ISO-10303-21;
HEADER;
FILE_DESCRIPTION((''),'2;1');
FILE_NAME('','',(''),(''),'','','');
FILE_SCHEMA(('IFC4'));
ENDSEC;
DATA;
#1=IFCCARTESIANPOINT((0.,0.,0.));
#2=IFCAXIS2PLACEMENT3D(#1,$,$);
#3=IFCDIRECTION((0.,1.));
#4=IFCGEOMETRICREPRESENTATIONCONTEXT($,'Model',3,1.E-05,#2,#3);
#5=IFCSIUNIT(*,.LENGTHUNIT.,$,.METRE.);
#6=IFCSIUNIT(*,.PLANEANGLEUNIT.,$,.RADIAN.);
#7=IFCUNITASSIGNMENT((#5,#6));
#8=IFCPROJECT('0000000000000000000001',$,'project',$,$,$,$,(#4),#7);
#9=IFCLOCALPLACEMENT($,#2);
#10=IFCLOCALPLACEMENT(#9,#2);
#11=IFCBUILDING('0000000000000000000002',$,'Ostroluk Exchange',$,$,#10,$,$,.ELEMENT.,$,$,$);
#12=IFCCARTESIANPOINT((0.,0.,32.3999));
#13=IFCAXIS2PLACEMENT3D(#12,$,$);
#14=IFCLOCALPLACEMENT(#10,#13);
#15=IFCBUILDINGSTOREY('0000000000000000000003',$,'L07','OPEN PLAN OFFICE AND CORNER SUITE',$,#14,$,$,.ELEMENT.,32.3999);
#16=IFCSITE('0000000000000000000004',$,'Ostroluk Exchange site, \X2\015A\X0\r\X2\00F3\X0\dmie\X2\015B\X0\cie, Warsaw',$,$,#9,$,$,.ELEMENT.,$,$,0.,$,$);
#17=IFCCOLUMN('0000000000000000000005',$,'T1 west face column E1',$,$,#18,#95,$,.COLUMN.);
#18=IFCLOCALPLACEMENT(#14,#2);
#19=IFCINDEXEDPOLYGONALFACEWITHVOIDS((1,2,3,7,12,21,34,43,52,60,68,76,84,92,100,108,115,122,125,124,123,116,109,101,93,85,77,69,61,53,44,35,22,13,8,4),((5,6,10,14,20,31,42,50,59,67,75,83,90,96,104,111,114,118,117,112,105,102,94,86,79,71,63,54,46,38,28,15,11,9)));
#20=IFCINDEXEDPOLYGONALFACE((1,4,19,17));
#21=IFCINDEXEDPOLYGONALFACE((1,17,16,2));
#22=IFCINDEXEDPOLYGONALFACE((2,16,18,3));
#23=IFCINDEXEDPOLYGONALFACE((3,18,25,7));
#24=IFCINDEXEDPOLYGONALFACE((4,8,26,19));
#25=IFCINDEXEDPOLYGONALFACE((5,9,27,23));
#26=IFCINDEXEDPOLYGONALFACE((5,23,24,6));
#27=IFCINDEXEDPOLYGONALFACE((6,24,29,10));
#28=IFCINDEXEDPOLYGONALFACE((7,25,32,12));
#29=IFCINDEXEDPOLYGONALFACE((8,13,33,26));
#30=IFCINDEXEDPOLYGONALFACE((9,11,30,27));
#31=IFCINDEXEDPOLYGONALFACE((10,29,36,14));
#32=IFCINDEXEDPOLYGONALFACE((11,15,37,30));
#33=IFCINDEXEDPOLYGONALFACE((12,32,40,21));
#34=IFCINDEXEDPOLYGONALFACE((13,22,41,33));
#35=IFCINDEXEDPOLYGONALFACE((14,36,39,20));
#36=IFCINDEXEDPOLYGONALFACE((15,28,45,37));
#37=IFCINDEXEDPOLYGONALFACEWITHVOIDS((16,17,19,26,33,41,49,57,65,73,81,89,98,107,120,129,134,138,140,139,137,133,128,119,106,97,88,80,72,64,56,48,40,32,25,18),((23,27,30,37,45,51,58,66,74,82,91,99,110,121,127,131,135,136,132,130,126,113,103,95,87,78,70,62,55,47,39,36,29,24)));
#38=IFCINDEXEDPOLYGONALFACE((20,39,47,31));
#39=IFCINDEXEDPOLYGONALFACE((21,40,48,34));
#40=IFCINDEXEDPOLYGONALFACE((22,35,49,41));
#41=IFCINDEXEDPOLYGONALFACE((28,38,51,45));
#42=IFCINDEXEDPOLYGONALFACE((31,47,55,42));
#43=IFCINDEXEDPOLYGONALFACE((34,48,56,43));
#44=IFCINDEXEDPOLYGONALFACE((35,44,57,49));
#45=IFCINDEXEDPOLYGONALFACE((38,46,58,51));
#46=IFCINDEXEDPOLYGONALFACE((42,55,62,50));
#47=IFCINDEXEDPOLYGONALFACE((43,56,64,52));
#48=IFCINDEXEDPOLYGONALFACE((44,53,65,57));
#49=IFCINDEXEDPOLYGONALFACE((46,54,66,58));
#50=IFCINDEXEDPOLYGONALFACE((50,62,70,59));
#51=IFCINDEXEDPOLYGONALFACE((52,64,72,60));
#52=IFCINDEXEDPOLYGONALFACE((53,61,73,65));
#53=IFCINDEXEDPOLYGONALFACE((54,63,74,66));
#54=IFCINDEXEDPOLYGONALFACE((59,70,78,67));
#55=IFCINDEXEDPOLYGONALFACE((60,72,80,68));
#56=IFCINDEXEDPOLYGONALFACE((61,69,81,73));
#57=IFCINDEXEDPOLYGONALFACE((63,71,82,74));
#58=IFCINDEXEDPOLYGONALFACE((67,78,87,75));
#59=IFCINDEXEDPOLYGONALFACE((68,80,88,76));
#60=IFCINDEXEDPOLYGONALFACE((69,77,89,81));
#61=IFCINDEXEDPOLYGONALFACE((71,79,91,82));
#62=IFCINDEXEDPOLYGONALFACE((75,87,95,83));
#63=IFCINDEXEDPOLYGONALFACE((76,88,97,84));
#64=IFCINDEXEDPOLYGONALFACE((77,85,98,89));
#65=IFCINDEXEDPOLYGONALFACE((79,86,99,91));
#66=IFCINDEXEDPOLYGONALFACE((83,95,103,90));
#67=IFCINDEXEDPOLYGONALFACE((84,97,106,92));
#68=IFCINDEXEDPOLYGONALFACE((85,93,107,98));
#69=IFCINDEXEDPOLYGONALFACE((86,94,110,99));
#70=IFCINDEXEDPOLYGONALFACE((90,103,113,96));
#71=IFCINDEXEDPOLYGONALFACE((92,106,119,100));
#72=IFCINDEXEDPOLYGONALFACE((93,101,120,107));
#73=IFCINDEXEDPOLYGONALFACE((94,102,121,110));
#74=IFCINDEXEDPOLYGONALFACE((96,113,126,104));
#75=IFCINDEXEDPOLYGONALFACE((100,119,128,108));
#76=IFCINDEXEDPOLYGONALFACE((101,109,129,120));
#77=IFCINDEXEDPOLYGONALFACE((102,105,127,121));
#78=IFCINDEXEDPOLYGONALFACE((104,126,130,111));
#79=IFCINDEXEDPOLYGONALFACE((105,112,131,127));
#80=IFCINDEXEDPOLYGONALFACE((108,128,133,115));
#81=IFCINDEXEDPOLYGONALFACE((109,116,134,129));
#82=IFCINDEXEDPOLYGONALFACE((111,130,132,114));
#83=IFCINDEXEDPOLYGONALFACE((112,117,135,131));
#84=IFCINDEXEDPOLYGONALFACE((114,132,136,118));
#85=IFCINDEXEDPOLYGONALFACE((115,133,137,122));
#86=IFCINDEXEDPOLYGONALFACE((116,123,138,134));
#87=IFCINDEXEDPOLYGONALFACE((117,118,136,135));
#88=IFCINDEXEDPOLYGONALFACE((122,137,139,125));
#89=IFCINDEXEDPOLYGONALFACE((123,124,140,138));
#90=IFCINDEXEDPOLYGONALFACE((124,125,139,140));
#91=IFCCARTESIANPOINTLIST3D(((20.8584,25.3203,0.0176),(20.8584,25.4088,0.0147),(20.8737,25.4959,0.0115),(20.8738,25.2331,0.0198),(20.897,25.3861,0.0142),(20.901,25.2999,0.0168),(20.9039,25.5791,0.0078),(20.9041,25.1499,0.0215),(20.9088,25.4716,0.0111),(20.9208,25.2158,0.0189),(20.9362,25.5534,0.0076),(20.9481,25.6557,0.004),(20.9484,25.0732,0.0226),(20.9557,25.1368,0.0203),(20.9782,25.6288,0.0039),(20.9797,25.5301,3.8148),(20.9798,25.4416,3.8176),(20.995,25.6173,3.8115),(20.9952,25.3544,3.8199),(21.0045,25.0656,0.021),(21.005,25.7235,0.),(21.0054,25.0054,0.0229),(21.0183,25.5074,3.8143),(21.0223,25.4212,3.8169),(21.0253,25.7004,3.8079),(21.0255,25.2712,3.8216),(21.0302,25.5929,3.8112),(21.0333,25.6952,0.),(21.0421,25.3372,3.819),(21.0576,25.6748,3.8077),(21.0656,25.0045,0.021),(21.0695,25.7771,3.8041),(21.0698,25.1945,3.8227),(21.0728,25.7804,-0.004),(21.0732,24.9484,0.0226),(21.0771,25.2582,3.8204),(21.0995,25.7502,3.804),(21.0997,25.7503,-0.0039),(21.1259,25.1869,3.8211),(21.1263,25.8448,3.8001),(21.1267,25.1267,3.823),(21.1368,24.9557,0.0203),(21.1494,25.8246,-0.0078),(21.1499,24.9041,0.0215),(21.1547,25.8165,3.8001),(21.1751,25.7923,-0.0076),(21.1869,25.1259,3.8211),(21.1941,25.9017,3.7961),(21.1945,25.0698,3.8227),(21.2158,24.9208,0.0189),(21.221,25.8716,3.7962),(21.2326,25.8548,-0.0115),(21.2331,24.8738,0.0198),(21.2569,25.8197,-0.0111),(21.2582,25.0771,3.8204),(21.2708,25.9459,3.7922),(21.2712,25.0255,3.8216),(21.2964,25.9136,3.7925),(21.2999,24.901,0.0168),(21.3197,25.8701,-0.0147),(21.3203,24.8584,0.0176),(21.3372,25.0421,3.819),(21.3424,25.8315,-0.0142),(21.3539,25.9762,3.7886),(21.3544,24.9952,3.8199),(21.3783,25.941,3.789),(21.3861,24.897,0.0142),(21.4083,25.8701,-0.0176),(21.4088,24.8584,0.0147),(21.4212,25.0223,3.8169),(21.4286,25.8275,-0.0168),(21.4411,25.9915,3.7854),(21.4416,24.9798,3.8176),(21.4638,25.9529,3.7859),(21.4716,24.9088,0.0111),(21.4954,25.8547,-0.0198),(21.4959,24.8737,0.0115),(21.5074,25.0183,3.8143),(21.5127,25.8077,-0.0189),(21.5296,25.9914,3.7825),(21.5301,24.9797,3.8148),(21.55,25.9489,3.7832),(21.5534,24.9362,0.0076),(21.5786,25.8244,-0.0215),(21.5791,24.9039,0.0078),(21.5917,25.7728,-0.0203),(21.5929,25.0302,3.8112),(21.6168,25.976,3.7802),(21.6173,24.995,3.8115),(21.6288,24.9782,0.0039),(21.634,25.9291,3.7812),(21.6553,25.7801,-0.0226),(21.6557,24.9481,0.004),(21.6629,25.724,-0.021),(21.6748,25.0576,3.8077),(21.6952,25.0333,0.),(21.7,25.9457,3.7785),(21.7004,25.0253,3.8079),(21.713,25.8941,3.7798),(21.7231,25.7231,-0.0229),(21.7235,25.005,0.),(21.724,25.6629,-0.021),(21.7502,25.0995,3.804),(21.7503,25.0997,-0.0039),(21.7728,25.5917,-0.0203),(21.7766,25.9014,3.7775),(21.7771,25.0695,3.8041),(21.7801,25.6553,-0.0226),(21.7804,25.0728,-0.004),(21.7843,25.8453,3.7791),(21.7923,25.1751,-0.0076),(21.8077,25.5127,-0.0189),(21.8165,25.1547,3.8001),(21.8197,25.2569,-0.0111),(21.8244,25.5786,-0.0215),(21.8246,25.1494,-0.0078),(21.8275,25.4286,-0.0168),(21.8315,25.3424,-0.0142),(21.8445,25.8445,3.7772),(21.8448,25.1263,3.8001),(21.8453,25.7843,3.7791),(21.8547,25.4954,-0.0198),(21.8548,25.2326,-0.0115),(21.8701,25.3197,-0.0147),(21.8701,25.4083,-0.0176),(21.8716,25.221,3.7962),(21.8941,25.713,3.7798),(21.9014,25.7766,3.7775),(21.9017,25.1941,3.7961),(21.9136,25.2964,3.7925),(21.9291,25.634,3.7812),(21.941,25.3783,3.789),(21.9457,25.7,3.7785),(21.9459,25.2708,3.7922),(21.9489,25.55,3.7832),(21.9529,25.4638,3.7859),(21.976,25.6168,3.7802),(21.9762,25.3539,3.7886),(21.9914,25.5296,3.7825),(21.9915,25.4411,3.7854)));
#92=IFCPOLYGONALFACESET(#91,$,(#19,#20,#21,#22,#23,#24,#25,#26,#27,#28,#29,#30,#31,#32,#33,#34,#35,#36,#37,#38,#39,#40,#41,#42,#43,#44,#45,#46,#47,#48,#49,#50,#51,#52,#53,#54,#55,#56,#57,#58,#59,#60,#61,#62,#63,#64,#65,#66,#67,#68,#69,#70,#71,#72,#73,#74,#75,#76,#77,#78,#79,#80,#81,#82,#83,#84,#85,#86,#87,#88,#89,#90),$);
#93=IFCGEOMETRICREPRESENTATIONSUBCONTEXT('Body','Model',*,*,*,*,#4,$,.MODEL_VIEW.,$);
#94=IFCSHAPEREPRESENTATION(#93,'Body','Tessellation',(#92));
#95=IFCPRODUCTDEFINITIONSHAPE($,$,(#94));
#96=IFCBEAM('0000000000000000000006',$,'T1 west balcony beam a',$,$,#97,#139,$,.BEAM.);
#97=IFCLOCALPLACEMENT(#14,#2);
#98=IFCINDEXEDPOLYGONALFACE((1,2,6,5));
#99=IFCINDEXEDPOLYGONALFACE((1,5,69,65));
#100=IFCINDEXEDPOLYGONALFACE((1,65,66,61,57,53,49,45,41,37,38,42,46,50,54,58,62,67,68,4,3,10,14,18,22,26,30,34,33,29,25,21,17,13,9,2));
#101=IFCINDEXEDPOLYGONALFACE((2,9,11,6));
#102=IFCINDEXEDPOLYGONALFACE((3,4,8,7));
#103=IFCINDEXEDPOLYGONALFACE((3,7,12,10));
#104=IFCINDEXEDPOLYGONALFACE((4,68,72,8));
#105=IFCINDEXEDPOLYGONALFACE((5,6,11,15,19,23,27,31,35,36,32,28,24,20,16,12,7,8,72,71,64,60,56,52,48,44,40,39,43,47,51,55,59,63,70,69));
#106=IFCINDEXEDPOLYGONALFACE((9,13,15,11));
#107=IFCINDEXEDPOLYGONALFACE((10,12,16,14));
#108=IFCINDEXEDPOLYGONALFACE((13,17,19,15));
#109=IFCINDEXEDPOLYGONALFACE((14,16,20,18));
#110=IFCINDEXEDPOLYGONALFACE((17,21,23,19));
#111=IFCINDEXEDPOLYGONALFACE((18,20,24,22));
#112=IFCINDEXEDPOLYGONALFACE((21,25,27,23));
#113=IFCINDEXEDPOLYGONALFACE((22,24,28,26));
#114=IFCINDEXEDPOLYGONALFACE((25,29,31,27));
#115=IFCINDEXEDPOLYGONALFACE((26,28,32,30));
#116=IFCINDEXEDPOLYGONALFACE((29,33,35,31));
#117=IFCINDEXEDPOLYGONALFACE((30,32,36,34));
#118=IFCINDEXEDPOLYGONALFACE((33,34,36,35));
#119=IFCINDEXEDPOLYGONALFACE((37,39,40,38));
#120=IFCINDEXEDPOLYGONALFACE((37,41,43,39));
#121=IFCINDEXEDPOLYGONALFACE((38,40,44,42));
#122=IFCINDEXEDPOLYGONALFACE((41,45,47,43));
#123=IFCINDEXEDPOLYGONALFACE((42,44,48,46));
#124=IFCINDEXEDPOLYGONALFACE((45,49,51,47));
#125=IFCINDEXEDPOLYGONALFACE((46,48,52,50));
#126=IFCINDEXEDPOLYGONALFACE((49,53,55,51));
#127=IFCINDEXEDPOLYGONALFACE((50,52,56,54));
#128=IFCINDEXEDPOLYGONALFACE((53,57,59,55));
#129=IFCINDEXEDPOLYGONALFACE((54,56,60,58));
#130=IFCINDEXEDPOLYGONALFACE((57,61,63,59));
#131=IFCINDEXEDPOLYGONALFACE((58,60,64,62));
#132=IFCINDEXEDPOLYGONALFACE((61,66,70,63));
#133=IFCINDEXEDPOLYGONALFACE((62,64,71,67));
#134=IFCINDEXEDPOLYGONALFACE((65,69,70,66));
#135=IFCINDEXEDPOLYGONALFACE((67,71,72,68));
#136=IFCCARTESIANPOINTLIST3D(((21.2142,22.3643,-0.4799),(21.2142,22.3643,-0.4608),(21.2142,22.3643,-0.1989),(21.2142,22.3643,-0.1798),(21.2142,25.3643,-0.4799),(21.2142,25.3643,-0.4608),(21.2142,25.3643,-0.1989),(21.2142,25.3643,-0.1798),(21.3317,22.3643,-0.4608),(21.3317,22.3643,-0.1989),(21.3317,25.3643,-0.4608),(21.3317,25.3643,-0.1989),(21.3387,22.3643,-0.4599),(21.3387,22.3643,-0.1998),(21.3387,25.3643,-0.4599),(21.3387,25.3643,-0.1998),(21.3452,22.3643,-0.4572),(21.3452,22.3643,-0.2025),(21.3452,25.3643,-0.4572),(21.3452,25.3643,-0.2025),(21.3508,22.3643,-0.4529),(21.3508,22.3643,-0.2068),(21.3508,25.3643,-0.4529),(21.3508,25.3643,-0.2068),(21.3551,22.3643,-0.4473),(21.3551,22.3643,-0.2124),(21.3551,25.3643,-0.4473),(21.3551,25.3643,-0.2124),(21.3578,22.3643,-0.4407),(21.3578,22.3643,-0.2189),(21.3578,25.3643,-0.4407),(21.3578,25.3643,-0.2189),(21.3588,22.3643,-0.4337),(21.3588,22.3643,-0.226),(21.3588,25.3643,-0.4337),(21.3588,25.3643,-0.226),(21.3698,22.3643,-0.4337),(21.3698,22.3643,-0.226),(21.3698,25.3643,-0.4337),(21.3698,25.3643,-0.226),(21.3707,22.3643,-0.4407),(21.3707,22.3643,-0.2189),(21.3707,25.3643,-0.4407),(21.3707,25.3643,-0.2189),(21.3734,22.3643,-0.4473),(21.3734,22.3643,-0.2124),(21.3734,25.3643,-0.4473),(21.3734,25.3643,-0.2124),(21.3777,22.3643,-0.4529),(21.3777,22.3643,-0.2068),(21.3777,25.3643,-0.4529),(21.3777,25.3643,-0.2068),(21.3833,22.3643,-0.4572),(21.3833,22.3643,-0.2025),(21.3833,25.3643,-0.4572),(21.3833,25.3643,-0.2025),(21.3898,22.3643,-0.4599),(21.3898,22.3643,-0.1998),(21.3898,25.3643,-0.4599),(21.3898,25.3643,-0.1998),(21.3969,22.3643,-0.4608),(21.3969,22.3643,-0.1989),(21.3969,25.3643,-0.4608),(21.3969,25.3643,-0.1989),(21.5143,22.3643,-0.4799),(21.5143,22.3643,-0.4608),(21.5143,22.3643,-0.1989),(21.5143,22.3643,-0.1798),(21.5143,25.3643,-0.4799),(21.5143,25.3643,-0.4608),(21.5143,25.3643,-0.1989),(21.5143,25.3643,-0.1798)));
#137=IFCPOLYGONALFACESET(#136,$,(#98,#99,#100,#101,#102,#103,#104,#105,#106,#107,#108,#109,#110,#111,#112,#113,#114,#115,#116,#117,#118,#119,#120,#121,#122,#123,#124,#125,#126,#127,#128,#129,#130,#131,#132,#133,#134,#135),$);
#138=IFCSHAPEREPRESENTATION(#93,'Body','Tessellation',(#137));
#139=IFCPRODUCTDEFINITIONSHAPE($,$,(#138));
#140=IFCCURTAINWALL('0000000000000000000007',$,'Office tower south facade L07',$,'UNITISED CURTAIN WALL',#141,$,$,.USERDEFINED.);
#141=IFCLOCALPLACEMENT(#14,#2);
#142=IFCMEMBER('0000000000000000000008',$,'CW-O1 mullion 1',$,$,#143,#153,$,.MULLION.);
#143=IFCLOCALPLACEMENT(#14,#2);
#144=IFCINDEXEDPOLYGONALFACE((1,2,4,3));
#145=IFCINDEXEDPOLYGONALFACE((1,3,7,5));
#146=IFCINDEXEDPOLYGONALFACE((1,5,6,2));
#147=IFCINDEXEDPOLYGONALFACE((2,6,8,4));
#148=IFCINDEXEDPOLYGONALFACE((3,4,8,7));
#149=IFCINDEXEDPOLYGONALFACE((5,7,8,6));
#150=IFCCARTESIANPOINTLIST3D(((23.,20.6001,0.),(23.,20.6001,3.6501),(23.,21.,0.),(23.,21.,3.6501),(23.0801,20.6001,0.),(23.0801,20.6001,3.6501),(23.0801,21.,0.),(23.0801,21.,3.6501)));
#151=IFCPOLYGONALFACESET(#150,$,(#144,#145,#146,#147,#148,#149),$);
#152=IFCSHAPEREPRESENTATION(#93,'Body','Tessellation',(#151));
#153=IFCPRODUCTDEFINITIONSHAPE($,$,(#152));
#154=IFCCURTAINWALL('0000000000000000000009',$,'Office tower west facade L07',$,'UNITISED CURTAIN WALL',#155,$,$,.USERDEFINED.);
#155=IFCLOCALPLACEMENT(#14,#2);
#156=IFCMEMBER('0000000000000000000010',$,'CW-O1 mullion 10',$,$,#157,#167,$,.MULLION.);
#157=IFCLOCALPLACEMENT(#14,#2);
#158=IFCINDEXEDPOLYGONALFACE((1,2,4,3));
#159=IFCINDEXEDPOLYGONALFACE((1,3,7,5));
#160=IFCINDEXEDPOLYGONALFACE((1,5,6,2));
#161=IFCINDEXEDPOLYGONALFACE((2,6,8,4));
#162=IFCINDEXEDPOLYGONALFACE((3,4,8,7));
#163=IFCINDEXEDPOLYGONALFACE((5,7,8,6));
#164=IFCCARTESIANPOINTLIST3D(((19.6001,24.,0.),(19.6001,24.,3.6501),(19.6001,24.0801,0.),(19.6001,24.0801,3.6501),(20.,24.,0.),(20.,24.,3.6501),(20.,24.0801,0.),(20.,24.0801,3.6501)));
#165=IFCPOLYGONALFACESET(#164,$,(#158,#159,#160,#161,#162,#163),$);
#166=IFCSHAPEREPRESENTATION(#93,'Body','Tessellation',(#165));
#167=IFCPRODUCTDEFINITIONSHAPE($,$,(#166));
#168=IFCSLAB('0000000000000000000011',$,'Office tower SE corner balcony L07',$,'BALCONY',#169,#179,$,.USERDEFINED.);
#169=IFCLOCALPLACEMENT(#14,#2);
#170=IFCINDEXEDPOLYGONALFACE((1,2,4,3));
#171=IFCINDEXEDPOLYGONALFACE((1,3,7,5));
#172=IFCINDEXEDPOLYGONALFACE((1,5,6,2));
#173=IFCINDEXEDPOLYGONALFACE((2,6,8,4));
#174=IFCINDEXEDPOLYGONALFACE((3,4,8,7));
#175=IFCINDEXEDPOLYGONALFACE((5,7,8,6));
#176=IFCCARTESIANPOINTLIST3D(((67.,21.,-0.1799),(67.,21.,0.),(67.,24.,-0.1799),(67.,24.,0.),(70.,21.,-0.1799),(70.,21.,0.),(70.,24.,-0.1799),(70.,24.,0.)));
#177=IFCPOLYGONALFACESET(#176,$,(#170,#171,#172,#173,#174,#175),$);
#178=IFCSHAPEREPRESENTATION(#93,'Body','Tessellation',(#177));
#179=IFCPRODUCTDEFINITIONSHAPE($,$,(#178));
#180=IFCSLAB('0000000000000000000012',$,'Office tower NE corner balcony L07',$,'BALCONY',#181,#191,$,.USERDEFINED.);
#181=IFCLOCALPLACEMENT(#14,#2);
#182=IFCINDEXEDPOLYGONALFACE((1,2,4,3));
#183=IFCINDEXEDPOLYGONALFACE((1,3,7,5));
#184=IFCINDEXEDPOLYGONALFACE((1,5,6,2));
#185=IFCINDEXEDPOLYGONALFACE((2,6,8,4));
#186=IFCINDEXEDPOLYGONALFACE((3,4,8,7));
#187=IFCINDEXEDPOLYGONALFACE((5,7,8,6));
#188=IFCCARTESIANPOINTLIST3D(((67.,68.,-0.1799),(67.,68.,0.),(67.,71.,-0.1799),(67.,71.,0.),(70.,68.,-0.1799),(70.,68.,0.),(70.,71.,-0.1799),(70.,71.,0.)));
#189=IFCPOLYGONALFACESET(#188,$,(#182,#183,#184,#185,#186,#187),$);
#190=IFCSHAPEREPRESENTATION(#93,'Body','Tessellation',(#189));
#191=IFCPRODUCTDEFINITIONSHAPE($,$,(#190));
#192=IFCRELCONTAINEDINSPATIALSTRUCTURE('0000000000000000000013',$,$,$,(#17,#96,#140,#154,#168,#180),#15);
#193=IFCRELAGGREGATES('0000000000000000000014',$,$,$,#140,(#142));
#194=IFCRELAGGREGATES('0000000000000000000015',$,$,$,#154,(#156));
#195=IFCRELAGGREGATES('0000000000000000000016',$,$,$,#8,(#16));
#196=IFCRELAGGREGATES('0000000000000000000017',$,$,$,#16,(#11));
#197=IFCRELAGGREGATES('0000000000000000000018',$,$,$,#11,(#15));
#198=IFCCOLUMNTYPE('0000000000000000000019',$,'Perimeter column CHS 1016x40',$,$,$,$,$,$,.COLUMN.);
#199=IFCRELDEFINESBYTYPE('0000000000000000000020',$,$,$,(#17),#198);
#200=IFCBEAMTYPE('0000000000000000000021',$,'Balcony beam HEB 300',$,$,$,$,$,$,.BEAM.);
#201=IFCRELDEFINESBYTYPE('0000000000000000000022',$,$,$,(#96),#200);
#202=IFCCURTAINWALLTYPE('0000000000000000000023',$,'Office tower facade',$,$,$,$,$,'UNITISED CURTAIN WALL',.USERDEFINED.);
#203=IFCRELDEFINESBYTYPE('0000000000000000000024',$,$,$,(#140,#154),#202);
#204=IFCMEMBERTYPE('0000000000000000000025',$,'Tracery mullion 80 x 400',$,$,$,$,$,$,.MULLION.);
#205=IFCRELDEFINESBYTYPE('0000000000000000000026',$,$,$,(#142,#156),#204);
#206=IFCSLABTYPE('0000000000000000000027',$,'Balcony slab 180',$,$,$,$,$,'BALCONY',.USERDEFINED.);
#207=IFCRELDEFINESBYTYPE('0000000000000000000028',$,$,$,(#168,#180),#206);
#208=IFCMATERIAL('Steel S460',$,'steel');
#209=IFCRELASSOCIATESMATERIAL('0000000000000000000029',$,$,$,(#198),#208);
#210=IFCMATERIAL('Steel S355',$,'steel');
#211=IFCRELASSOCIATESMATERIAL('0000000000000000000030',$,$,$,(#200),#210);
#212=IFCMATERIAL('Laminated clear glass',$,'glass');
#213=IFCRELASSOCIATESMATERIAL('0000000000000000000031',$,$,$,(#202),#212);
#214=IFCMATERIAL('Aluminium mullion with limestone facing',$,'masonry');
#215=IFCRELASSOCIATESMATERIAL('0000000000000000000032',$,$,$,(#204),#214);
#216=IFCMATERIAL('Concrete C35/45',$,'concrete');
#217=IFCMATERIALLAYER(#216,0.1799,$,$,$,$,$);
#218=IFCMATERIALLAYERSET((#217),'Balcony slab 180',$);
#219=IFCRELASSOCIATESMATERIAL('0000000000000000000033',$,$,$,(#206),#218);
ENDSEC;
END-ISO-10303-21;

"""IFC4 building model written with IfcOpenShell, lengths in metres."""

from ifc_helpers import new_model, si_unit, direction, frame, origin, origin_2d, place, context, subcontext, project, spatial, polyline, rectangle, hollow_circle, i_section, outline, extrude, material, layer, layer_set, material_profile, profile_set, type_object, element, aggregate, save


model = new_model("IFC4")

# Units and contexts
model_context = context("Model", 3, precision=1e-05, world=origin(), true_north=direction((0.0, 1.0)))
body_context = subcontext(model_context, "Body", "Model", "MODEL_VIEW")
ifc_project = project(units=[si_unit("LENGTHUNIT", "METRE"), si_unit("PLANEANGLEUNIT", "RADIAN")], contexts=[model_context])

# Site, building, storey
site_placement = place(None, origin())
site = spatial("IfcSite", under=ifc_project, at=site_placement, Name="Ostroluk Exchange site, Śródmieście, Warsaw", CompositionType="ELEMENT", RefElevation=0.0)
building_placement = place(site_placement, origin())
building = spatial("IfcBuilding", under=site, at=building_placement, Name="Ostroluk Exchange", CompositionType="ELEMENT")
storey_placement = place(building_placement, frame((0.0, 0.0, 32.3999)))
storey = spatial("IfcBuildingStorey", under=building, at=storey_placement, Name="L07", Description="OPEN PLAN OFFICE AND CORNER SUITE", CompositionType="ELEMENT", Elevation=32.3999)

# Column
ifc_material_1 = material(Name="Steel S460", Category="steel")
ifc_material_profile_1 = material_profile(ifc_material_1, hollow_circle(Radius=0.5081, WallThickness=0.04, at=origin_2d()), Name="CHS 1016x40")
ifc_profile_set_1 = profile_set([ifc_material_profile_1], Name="Steel S460")
column_type = type_object("IfcColumnType", Name="Perimeter column CHS 1016x40", PredefinedType="COLUMN", material=ifc_profile_set_1)
column_placement = place(storey_placement, frame((21.3643, 25.3643, 0.0), z_axis=(0.031898, 0.031898, 0.998982), x_axis=(-0.707107, 0.707107, 0.0)))
element("IfcColumn", 1, at=column_placement, inside=storey, type_object=column_type, Name="T1 west face column E1", PredefinedType="COLUMN", context=body_context, shape_type="SweptSolid", body=[
    extrude(hollow_circle(Radius=0.5081, WallThickness=0.04, at=origin_2d()), origin(), (0.0, 0.0, 1.0), 3.804),
])

# Beam
ifc_material_2 = material(Name="Steel S355", Category="steel")
ifc_material_profile_2 = material_profile(ifc_material_2, i_section(OverallWidth=0.3, OverallDepth=0.3, WebThickness=0.011, FlangeThickness=0.019, FilletRadius=0.0271, at=origin_2d()), Name="HEB 300")
ifc_profile_set_2 = profile_set([ifc_material_profile_2], Name="Steel S355")
beam_type = type_object("IfcBeamType", Name="Balcony beam HEB 300", PredefinedType="BEAM", material=ifc_profile_set_2)
beam_placement = place(storey_placement, frame((21.3643, 25.3643, -0.3298), z_axis=(0.0, -1.0, 0.0), x_axis=(1.0, 0.0, 0.0)))
element("IfcBeam", 2, at=beam_placement, inside=storey, type_object=beam_type, Name="T1 west balcony beam a", PredefinedType="BEAM", context=body_context, shape_type="SweptSolid", body=[
    extrude(i_section(OverallWidth=0.3, OverallDepth=0.3, WebThickness=0.011, FlangeThickness=0.019, FilletRadius=0.0271, at=origin_2d()), origin(), (0.0, 0.0, 1.0), 3.0),
])

# Curtain walls, members
ifc_material_3 = material(Name="Laminated clear glass", Category="glass")
curtain_wall_type = type_object("IfcCurtainWallType", Name="Office tower facade", ElementType="UNITISED CURTAIN WALL", PredefinedType="USERDEFINED", material=ifc_material_3)
curtain_wall_1_placement = place(storey_placement, origin())
curtain_wall_1 = element("IfcCurtainWall", 3, at=curtain_wall_1_placement, inside=storey, type_object=curtain_wall_type, Name="Office tower south facade L07", ObjectType="UNITISED CURTAIN WALL", PredefinedType="USERDEFINED")
ifc_material_4 = material(Name="Aluminium mullion with limestone facing", Category="masonry")
ifc_material_profile_3 = material_profile(ifc_material_4, rectangle(XDim=0.3999, YDim=0.0801, at=origin_2d()), Name="Tracery mullion 80 x 400")
ifc_profile_set_3 = profile_set([ifc_material_profile_3], Name="Aluminium mullion with limestone facing")
member_type = type_object("IfcMemberType", Name="Tracery mullion 80 x 400", PredefinedType="MULLION", material=ifc_profile_set_3)
member_1_placement = place(storey_placement, frame((23.04, 20.8, 0.0), z_axis=(0.0, 0.0, 1.0), x_axis=(0.0, 1.0, 0.0)))
member_1 = element("IfcMember", 4, at=member_1_placement, type_object=member_type, Name="CW-O1 mullion 1", PredefinedType="MULLION", context=body_context, shape_type="SweptSolid", body=[
    extrude(rectangle(XDim=0.3999, YDim=0.0801, at=origin_2d()), origin(), (0.0, 0.0, 1.0), 3.6501),
])
aggregate(curtain_wall_1, [member_1])
curtain_wall_2_placement = place(storey_placement, origin())
curtain_wall_2 = element("IfcCurtainWall", 5, at=curtain_wall_2_placement, inside=storey, type_object=curtain_wall_type, Name="Office tower west facade L07", ObjectType="UNITISED CURTAIN WALL", PredefinedType="USERDEFINED")
member_2_placement = place(storey_placement, frame((19.8, 24.04, 0.0), z_axis=(0.0, 0.0, 1.0), x_axis=(1.0, 0.0, 0.0)))
member_2 = element("IfcMember", 6, at=member_2_placement, type_object=member_type, Name="CW-O1 mullion 10", PredefinedType="MULLION", context=body_context, shape_type="SweptSolid", body=[
    extrude(rectangle(XDim=0.3999, YDim=0.0801, at=origin_2d()), origin(), (0.0, 0.0, 1.0), 3.6501),
])
aggregate(curtain_wall_2, [member_2])

# Slabs
ifc_material_5 = material(Name="Concrete C35/45", Category="concrete")
ifc_layer_1 = layer(ifc_material_5, 0.1799)
ifc_layer_set_1 = layer_set([ifc_layer_1], Name="Balcony slab 180")
slab_type_1 = type_object("IfcSlabType", Name="Balcony slab 180", ElementType="BALCONY", PredefinedType="USERDEFINED", material=ifc_layer_set_1)
slab_1_placement = place(storey_placement, frame((0.0, 0.0, -0.1799)))
element("IfcSlab", 7, at=slab_1_placement, inside=storey, type_object=slab_type_1, Name="Office tower SE corner balcony L07", ObjectType="BALCONY", PredefinedType="USERDEFINED", context=body_context, shape_type="SweptSolid", body=[
    extrude(outline(polyline([(67.0, 21.0), (70.0, 21.0), (70.0, 24.0), (67.0, 24.0), (67.0, 21.0)])), origin(), (0.0, 0.0, 1.0), 0.1799),
])
slab_2_placement = place(storey_placement, frame((0.0, 0.0, -0.1799)))
element("IfcSlab", 8, at=slab_2_placement, inside=storey, type_object=slab_type_1, Name="Office tower NE corner balcony L07", ObjectType="BALCONY", PredefinedType="USERDEFINED", context=body_context, shape_type="SweptSolid", body=[
    extrude(outline(polyline([(67.0, 68.0), (70.0, 68.0), (70.0, 71.0), (67.0, 71.0), (67.0, 68.0)])), origin(), (0.0, 0.0, 1.0), 0.1799),
])

save(model, "model.ifc")
